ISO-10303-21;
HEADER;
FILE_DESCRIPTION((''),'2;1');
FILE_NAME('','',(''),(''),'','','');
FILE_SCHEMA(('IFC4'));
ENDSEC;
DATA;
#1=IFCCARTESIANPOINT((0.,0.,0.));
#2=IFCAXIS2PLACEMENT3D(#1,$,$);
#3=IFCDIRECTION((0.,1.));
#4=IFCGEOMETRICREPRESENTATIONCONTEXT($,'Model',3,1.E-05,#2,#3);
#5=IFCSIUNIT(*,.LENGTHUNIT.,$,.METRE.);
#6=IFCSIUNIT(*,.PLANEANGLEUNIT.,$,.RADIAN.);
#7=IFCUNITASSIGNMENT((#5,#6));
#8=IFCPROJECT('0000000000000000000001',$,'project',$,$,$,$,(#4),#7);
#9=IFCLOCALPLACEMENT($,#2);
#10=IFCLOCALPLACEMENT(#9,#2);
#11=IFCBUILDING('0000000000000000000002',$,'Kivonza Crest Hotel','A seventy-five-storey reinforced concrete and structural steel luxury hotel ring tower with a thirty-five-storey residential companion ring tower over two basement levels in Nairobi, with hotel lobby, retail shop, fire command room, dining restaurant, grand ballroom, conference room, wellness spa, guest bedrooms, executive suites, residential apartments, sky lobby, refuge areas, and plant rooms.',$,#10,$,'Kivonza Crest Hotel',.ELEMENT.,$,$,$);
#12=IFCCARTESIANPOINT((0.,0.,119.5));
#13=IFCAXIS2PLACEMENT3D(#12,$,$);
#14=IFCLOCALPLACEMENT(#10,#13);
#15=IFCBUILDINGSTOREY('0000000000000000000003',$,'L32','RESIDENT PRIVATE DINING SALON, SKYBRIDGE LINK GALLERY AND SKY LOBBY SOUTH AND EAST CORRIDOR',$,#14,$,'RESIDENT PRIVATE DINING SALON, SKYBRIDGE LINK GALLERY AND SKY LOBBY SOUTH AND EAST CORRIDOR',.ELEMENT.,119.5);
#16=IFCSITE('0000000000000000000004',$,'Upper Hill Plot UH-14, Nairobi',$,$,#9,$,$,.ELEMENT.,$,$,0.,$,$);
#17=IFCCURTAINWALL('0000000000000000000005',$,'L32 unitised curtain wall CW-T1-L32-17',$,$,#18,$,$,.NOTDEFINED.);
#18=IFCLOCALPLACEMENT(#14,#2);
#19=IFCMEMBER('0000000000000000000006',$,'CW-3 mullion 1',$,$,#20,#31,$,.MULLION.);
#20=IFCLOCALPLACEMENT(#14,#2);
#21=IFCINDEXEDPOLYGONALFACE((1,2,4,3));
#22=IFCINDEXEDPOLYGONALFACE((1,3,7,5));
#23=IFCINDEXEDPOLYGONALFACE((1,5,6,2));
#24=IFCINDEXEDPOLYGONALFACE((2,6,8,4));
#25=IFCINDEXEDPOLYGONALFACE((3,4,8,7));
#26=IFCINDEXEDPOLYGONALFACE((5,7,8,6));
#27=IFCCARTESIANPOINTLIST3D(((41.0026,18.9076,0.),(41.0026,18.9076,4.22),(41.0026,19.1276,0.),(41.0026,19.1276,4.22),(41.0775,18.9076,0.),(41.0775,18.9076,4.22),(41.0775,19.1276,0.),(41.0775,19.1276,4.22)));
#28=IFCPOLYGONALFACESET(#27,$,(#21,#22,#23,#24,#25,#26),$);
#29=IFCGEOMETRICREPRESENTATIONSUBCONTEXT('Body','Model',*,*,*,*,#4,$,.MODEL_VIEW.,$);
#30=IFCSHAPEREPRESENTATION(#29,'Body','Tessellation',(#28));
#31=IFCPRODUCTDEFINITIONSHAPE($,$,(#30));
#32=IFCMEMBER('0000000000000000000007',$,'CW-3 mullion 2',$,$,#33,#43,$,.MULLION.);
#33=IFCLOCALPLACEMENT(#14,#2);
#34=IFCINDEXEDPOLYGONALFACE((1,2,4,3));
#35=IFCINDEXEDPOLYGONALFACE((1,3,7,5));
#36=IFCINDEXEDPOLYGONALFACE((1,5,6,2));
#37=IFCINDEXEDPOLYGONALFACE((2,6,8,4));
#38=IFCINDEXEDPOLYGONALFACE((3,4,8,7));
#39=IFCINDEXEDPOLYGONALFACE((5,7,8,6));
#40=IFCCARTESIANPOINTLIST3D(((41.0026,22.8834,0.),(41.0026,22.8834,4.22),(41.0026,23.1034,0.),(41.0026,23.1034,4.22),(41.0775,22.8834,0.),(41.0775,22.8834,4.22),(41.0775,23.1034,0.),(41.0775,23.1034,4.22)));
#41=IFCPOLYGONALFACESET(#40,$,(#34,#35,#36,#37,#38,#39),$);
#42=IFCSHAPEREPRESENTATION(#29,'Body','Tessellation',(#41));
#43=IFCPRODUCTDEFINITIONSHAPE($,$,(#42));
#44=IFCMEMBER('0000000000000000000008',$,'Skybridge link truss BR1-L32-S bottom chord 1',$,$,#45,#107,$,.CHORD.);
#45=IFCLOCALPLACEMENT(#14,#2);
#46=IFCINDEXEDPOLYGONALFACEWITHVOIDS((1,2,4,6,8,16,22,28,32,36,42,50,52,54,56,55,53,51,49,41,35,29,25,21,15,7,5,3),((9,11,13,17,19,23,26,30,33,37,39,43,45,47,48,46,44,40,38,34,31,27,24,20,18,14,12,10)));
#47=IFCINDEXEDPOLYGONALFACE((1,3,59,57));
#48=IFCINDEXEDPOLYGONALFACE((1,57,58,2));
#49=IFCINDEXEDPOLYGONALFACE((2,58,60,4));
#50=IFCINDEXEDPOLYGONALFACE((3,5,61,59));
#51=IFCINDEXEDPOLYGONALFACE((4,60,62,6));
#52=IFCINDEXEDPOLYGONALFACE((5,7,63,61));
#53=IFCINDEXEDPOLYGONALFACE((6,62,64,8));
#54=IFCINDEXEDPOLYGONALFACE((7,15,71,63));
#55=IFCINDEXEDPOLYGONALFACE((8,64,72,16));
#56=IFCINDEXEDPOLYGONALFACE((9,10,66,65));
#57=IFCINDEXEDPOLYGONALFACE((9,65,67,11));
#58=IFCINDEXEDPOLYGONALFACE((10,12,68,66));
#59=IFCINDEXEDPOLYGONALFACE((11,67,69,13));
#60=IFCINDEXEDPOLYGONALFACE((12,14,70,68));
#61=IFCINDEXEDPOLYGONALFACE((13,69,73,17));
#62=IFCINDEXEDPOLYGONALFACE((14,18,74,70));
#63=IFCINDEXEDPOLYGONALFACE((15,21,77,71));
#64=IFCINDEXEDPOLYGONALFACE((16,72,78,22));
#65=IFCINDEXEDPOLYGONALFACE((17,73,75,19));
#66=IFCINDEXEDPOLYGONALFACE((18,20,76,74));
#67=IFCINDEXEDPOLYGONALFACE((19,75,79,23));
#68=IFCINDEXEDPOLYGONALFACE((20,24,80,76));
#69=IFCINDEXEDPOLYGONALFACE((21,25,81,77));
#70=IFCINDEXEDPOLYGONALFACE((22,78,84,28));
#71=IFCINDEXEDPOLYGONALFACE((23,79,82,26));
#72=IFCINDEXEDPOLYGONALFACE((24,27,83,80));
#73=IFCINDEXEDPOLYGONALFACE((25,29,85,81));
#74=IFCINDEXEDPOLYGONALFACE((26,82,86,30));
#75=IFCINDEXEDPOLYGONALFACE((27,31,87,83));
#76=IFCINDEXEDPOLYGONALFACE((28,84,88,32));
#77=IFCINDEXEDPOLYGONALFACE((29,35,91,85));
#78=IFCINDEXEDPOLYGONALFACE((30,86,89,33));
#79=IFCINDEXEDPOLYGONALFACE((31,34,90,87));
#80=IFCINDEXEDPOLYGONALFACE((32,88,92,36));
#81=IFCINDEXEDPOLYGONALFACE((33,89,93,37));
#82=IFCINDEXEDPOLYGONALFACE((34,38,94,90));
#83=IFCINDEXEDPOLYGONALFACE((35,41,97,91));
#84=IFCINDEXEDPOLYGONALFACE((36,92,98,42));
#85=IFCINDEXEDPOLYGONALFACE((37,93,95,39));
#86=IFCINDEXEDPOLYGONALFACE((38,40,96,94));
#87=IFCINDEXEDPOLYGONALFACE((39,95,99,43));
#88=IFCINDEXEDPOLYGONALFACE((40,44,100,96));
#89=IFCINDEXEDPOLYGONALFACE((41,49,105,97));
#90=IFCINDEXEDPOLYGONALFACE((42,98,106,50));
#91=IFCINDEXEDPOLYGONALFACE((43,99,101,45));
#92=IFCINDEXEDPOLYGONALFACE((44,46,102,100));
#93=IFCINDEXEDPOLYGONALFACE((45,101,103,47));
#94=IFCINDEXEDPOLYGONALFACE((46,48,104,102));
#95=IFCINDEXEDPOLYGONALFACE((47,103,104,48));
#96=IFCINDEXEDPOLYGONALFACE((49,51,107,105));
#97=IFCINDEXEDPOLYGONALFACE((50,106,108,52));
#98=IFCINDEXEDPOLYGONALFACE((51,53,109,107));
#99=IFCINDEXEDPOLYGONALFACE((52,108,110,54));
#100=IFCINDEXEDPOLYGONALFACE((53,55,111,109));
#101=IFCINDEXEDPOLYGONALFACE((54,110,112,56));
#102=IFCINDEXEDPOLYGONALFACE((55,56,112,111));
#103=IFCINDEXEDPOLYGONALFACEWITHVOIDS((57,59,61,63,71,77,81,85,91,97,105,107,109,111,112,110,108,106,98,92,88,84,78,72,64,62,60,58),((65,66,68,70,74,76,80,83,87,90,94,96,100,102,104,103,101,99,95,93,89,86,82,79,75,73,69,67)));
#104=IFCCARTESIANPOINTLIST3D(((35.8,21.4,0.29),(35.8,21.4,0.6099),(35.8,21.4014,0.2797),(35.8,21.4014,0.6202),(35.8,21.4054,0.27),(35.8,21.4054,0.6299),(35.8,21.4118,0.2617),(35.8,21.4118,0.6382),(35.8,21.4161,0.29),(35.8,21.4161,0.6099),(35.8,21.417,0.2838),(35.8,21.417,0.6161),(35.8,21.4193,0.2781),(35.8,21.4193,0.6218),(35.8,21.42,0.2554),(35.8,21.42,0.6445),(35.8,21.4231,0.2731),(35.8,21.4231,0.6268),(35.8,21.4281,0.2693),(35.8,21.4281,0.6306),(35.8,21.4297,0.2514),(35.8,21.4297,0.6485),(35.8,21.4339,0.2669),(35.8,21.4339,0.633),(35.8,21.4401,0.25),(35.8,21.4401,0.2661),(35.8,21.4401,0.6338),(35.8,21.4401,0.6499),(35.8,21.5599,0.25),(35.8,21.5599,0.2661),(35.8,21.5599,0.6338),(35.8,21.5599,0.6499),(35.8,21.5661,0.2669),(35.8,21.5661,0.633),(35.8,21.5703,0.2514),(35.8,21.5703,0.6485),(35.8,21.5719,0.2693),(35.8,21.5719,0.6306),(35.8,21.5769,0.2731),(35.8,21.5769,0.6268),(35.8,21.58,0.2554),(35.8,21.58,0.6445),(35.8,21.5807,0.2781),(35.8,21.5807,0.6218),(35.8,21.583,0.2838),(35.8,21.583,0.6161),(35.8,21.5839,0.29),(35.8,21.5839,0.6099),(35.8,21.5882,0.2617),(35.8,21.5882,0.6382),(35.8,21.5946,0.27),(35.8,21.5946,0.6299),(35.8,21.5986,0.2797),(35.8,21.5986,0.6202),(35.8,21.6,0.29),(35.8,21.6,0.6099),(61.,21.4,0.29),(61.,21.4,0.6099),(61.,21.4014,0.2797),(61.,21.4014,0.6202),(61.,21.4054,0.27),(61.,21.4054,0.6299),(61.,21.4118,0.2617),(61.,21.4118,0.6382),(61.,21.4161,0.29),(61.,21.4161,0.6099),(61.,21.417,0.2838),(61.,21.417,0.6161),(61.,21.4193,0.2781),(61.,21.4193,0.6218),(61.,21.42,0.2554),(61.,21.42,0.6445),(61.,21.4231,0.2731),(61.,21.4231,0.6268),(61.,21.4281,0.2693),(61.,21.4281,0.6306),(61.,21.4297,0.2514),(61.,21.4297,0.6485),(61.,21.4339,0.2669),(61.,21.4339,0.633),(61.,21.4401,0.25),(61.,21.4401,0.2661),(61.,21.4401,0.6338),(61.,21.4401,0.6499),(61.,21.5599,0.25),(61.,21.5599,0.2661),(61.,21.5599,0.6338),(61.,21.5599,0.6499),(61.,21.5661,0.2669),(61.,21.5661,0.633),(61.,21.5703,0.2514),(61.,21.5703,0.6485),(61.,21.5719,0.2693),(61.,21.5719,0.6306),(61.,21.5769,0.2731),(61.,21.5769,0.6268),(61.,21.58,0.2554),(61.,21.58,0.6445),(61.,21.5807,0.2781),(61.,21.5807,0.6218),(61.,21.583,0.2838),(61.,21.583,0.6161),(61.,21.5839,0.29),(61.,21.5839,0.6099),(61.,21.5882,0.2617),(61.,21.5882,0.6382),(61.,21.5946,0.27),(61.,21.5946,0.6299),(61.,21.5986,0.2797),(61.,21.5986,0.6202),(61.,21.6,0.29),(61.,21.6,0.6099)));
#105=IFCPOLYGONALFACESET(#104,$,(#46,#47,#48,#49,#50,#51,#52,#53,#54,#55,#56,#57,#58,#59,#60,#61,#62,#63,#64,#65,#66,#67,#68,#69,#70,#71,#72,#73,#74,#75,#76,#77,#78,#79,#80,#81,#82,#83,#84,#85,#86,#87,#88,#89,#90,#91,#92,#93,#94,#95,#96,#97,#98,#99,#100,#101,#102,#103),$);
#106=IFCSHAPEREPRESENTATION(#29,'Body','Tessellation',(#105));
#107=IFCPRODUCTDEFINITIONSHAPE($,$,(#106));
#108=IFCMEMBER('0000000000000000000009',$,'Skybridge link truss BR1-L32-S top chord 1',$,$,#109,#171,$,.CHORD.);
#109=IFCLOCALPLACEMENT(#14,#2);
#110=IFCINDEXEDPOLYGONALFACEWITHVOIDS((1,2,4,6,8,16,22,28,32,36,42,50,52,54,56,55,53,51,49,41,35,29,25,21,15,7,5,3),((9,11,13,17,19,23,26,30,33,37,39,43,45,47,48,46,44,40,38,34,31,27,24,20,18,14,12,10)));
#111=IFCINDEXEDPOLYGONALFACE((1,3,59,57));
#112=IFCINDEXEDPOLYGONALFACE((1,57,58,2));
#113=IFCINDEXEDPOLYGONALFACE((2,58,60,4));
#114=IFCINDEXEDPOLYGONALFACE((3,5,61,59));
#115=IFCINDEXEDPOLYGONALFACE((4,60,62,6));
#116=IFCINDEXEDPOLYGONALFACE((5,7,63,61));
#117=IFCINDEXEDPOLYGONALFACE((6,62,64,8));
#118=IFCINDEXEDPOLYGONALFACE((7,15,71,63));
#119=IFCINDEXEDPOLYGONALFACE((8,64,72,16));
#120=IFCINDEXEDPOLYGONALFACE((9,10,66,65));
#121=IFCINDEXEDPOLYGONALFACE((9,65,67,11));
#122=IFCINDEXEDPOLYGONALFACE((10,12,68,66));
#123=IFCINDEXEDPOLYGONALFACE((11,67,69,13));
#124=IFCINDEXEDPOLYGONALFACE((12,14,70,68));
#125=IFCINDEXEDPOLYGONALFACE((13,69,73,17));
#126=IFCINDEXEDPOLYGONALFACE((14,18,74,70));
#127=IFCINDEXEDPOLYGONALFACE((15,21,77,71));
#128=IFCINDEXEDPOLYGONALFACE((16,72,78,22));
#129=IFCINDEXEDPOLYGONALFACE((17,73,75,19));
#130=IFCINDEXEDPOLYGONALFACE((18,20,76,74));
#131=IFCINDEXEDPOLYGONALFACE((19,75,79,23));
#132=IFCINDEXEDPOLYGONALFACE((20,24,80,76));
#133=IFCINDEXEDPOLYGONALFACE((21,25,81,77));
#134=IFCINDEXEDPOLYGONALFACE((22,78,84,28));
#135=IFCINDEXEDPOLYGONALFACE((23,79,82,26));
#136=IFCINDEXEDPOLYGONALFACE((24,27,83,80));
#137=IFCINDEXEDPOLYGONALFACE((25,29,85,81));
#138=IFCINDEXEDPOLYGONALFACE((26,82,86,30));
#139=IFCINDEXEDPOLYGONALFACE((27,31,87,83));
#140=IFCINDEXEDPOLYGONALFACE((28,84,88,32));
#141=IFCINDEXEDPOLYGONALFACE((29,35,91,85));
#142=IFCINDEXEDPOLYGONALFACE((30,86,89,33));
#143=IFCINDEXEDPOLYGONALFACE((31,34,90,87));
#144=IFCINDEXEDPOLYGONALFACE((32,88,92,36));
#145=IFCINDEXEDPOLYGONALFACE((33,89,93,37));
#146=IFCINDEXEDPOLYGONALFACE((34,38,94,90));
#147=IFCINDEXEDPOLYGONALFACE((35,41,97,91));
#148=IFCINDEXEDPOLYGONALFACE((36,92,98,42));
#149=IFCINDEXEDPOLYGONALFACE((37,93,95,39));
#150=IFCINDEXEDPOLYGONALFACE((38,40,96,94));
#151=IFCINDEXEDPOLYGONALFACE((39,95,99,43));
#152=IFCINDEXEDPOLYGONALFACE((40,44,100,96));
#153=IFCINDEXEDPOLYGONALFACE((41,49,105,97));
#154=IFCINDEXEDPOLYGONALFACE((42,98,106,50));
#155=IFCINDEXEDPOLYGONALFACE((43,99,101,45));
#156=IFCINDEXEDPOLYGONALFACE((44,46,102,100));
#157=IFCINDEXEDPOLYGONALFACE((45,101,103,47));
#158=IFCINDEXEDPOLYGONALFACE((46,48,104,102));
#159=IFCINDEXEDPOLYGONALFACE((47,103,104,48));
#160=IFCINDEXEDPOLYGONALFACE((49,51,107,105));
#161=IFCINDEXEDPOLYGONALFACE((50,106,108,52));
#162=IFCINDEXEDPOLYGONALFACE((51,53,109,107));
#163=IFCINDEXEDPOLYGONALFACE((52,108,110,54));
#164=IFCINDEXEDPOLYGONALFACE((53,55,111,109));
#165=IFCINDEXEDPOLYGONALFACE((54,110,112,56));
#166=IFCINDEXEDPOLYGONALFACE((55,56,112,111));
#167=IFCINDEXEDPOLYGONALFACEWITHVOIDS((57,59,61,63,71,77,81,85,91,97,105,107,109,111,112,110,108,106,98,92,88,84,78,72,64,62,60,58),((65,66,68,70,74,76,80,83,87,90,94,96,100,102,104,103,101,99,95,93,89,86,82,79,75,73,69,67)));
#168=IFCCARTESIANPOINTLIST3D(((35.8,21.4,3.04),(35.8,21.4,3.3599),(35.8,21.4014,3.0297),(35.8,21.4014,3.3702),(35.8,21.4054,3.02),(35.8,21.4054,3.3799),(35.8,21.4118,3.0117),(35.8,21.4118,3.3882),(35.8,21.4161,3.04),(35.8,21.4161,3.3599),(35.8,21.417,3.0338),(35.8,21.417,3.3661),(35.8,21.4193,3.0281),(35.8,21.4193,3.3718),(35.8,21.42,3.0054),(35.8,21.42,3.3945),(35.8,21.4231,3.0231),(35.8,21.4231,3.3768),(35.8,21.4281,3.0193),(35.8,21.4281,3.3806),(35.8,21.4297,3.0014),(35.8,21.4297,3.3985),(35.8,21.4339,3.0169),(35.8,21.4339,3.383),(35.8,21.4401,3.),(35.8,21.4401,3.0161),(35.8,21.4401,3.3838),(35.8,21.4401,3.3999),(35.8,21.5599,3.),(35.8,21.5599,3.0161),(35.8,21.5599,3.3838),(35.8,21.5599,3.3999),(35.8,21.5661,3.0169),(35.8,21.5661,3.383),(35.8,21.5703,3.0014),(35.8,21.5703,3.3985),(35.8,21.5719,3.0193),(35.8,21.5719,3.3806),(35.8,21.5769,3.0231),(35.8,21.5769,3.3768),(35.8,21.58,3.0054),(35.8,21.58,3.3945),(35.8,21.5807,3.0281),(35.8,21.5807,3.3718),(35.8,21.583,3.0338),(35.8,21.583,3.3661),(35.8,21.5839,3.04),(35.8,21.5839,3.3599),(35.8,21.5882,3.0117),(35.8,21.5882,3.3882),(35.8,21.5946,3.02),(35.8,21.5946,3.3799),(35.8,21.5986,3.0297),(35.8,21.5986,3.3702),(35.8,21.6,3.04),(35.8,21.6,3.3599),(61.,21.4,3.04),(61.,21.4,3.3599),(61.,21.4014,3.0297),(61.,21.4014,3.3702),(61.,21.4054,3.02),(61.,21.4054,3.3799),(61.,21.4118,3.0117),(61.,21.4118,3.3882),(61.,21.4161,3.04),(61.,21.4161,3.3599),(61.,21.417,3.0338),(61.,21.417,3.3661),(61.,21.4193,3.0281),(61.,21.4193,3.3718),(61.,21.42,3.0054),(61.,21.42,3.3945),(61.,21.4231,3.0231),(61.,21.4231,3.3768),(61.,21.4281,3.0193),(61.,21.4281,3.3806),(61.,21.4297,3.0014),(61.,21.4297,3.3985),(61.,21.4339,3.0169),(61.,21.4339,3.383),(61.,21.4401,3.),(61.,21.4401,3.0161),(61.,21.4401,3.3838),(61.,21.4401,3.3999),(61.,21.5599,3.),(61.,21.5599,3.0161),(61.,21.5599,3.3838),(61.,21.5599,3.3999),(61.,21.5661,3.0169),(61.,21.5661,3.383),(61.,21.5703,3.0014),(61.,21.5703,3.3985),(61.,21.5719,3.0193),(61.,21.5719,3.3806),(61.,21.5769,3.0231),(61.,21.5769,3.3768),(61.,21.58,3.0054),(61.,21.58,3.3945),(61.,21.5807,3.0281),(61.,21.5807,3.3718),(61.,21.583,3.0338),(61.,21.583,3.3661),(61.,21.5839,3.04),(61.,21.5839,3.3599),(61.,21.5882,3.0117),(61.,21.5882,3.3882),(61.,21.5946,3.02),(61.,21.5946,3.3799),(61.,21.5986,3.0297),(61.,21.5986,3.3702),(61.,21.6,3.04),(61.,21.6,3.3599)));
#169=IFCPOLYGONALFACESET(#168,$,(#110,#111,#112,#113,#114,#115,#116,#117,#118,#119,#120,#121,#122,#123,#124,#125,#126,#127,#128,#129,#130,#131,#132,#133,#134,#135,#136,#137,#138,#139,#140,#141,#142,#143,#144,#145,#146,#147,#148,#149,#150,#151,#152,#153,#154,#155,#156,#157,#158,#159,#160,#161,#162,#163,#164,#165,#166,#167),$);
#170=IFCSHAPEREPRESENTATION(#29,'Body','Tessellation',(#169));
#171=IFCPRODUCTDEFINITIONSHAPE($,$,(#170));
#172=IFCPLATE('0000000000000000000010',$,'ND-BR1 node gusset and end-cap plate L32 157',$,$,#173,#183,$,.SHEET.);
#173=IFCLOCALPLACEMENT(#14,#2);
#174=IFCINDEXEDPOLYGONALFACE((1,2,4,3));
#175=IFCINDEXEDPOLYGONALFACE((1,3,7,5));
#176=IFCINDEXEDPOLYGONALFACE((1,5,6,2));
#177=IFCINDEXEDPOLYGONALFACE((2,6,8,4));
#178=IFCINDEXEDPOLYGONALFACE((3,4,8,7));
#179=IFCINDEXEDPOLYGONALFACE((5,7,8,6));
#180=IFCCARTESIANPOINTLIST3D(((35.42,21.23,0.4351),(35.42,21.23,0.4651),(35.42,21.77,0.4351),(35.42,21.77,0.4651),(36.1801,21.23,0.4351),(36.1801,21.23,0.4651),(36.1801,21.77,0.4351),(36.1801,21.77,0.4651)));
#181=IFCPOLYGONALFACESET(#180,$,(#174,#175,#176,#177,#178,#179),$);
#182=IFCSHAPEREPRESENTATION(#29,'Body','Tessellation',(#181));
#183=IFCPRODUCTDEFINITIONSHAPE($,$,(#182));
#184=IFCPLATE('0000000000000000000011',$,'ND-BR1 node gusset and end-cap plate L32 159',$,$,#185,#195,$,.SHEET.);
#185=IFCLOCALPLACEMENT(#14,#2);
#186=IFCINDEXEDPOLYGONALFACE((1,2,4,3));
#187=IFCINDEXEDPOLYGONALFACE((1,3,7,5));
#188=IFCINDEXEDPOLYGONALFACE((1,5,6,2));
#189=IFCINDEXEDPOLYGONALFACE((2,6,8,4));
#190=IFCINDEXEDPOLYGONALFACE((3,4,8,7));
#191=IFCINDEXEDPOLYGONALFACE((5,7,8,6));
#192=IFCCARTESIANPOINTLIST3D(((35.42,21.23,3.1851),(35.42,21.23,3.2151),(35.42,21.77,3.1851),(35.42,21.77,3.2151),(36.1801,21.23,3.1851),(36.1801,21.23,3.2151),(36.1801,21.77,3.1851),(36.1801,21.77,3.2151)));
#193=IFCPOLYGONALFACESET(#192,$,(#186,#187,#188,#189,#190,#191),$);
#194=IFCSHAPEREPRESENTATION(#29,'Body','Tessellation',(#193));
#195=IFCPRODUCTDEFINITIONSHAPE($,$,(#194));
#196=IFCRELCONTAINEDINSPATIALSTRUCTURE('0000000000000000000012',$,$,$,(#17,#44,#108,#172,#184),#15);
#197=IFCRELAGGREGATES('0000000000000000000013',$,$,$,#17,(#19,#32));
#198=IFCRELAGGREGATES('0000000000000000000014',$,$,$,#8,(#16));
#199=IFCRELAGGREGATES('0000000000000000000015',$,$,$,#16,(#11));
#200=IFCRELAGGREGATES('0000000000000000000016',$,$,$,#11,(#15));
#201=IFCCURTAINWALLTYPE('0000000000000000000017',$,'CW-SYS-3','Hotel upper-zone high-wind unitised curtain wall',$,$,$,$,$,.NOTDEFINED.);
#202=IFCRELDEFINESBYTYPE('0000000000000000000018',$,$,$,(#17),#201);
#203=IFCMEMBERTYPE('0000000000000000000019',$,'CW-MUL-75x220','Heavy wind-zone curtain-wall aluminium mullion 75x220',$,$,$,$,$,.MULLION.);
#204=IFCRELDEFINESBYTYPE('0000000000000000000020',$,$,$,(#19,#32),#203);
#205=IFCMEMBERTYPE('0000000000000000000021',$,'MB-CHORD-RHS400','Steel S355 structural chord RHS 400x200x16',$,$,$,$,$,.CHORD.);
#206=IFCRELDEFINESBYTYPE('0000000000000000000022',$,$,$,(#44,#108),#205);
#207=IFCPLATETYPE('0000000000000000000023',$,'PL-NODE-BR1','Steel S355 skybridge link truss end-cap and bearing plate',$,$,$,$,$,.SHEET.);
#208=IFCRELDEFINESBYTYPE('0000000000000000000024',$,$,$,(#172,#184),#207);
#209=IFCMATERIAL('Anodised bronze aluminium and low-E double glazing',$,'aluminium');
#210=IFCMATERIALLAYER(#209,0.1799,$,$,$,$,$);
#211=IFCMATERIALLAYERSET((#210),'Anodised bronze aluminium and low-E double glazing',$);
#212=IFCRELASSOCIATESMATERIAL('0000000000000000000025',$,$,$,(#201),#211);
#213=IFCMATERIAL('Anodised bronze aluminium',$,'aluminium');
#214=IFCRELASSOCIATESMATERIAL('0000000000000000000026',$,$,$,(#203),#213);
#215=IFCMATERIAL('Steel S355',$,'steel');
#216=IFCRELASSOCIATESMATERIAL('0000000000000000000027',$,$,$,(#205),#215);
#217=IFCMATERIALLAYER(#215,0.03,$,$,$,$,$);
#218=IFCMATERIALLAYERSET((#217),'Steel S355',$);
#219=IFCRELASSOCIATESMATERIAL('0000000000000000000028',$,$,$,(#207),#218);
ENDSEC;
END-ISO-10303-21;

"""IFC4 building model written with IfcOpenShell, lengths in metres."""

from ifc_helpers import new_model, si_unit, direction, frame, origin, origin_2d, place, context, subcontext, project, spatial, rectangle, hollow_rectangle, extrude, material, layer, layer_set, material_profile, profile_set, type_object, element, aggregate, save


model = new_model("IFC4")

# Units and contexts
model_context = context("Model", 3, precision=1e-05, world=origin(), true_north=direction((0.0, 1.0)))
body_context = subcontext(model_context, "Body", "Model", "MODEL_VIEW")
ifc_project = project(units=[si_unit("LENGTHUNIT", "METRE"), si_unit("PLANEANGLEUNIT", "RADIAN")], contexts=[model_context])

# Site, building, storey
site_placement = place(None, origin())
site = spatial("IfcSite", under=ifc_project, at=site_placement, Name="Upper Hill Plot UH-14, Nairobi", CompositionType="ELEMENT", RefElevation=0.0)
building_placement = place(site_placement, origin())
building = spatial("IfcBuilding", under=site, at=building_placement, Name="Kivonza Crest Hotel", Description="A seventy-five-storey reinforced concrete and structural steel luxury hotel ring tower with a thirty-five-storey residential companion ring tower over two basement levels in Nairobi, with hotel lobby, retail shop, fire command room, dining restaurant, grand ballroom, conference room, wellness spa, guest bedrooms, executive suites, residential apartments, sky lobby, refuge areas, and plant rooms.", LongName="Kivonza Crest Hotel", CompositionType="ELEMENT")
storey_placement = place(building_placement, frame((0.0, 0.0, 119.5)))
storey = spatial("IfcBuildingStorey", under=building, at=storey_placement, Name="L32", Description="RESIDENT PRIVATE DINING SALON, SKYBRIDGE LINK GALLERY AND SKY LOBBY SOUTH AND EAST CORRIDOR", LongName="RESIDENT PRIVATE DINING SALON, SKYBRIDGE LINK GALLERY AND SKY LOBBY SOUTH AND EAST CORRIDOR", CompositionType="ELEMENT", Elevation=119.5)

# Shared definitions
ifc_material_1 = material(Name="Steel S355", Category="steel")

# Curtain wall, members
ifc_material_2 = material(Name="Anodised bronze aluminium and low-E double glazing", Category="aluminium")
ifc_layer_1 = layer(ifc_material_2, 0.1799)
ifc_layer_set_1 = layer_set([ifc_layer_1], Name="Anodised bronze aluminium and low-E double glazing")
curtain_wall_type = type_object("IfcCurtainWallType", Name="CW-SYS-3", Description="Hotel upper-zone high-wind unitised curtain wall", PredefinedType="NOTDEFINED", material=ifc_layer_set_1)
curtain_wall_placement = place(storey_placement, origin())
curtain_wall = element("IfcCurtainWall", 1, at=curtain_wall_placement, inside=storey, type_object=curtain_wall_type, Name="L32 unitised curtain wall CW-T1-L32-17", PredefinedType="NOTDEFINED")
ifc_material_3 = material(Name="Anodised bronze aluminium", Category="aluminium")
ifc_material_profile_1 = material_profile(ifc_material_3, rectangle(XDim=0.075, YDim=0.22, at=origin_2d()), Name="CW-M 75x220")
ifc_profile_set_1 = profile_set([ifc_material_profile_1], Name="Anodised bronze aluminium")
member_type_1 = type_object("IfcMemberType", Name="CW-MUL-75x220", Description="Heavy wind-zone curtain-wall aluminium mullion 75x220", PredefinedType="MULLION", material=ifc_profile_set_1)
member_1_placement = place(storey_placement, frame((41.04, 19.0176, 0.0), z_axis=(0.0, 0.0, 1.0), x_axis=(-1.0, 0.0, 0.0)))
member_1 = element("IfcMember", 2, at=member_1_placement, type_object=member_type_1, Name="CW-3 mullion 1", PredefinedType="MULLION", context=body_context, shape_type="SweptSolid", body=[
    extrude(rectangle(XDim=0.075, YDim=0.22, at=origin_2d()), origin(), (0.0, 0.0, 1.0), 4.22),
])
member_2_placement = place(storey_placement, frame((41.04, 22.9934, 0.0), z_axis=(0.0, 0.0, 1.0), x_axis=(-1.0, 0.0, 0.0)))
member_2 = element("IfcMember", 3, at=member_2_placement, type_object=member_type_1, Name="CW-3 mullion 2", PredefinedType="MULLION", context=body_context, shape_type="SweptSolid", body=[
    extrude(rectangle(XDim=0.075, YDim=0.22, at=origin_2d()), origin(), (0.0, 0.0, 1.0), 4.22),
])
aggregate(curtain_wall, [member_1, member_2])

# Members
ifc_material_profile_2 = material_profile(ifc_material_1, hollow_rectangle(XDim=0.2, YDim=0.3999, WallThickness=0.0161, InnerFilletRadius=0.0239, OuterFilletRadius=0.04, at=origin_2d()), Name="RHS 400x200x16")
ifc_profile_set_2 = profile_set([ifc_material_profile_2], Name="Steel S355")
member_type_2 = type_object("IfcMemberType", Name="MB-CHORD-RHS400", Description="Steel S355 structural chord RHS 400x200x16", PredefinedType="CHORD", material=ifc_profile_set_2)
for number, where, z_axis, x_axis, name in (
    (4, (35.8, 21.5, 0.45), (1.0, 0.0, 0.0), (0.0, 1.0, 0.0), "Skybridge link truss BR1-L32-S bottom chord 1"),
    (5, (35.8, 21.5, 3.2), (1.0, 0.0, 0.0), (0.0, 1.0, 0.0), "Skybridge link truss BR1-L32-S top chord 1"),
):
    element("IfcMember", number, at=place(storey_placement, frame(where, z_axis=z_axis, x_axis=x_axis)), inside=storey, type_object=member_type_2, Name=name, PredefinedType="CHORD", context=body_context, shape_type="SweptSolid", body=[
        extrude(hollow_rectangle(XDim=0.2, YDim=0.3999, WallThickness=0.0161, InnerFilletRadius=0.0239, OuterFilletRadius=0.04, at=origin_2d()), origin(), (0.0, 0.0, 1.0), 25.2),
    ])

# Plates
ifc_layer_2 = layer(ifc_material_1, 0.03)
ifc_layer_set_2 = layer_set([ifc_layer_2], Name="Steel S355")
plate_type = type_object("IfcPlateType", Name="PL-NODE-BR1", Description="Steel S355 skybridge link truss end-cap and bearing plate", PredefinedType="SHEET", material=ifc_layer_set_2)
for number, where, z_axis, x_axis, name in (
    (6, (35.8, 21.5, 0.4351), (0.0, 0.0, 1.0), (1.0, 0.0, 0.0), "ND-BR1 node gusset and end-cap plate L32 157"),
    (7, (35.8, 21.5, 3.1851), (0.0, 0.0, 1.0), (1.0, 0.0, 0.0), "ND-BR1 node gusset and end-cap plate L32 159"),
):
    element("IfcPlate", number, at=place(storey_placement, frame(where, z_axis=z_axis, x_axis=x_axis)), inside=storey, type_object=plate_type, Name=name, PredefinedType="SHEET", context=body_context, shape_type="SweptSolid", body=[
        extrude(rectangle(XDim=0.76, YDim=0.54, at=origin_2d()), origin(), (0.0, 0.0, 1.0), 0.03),
    ])

save(model, "model.ifc")
